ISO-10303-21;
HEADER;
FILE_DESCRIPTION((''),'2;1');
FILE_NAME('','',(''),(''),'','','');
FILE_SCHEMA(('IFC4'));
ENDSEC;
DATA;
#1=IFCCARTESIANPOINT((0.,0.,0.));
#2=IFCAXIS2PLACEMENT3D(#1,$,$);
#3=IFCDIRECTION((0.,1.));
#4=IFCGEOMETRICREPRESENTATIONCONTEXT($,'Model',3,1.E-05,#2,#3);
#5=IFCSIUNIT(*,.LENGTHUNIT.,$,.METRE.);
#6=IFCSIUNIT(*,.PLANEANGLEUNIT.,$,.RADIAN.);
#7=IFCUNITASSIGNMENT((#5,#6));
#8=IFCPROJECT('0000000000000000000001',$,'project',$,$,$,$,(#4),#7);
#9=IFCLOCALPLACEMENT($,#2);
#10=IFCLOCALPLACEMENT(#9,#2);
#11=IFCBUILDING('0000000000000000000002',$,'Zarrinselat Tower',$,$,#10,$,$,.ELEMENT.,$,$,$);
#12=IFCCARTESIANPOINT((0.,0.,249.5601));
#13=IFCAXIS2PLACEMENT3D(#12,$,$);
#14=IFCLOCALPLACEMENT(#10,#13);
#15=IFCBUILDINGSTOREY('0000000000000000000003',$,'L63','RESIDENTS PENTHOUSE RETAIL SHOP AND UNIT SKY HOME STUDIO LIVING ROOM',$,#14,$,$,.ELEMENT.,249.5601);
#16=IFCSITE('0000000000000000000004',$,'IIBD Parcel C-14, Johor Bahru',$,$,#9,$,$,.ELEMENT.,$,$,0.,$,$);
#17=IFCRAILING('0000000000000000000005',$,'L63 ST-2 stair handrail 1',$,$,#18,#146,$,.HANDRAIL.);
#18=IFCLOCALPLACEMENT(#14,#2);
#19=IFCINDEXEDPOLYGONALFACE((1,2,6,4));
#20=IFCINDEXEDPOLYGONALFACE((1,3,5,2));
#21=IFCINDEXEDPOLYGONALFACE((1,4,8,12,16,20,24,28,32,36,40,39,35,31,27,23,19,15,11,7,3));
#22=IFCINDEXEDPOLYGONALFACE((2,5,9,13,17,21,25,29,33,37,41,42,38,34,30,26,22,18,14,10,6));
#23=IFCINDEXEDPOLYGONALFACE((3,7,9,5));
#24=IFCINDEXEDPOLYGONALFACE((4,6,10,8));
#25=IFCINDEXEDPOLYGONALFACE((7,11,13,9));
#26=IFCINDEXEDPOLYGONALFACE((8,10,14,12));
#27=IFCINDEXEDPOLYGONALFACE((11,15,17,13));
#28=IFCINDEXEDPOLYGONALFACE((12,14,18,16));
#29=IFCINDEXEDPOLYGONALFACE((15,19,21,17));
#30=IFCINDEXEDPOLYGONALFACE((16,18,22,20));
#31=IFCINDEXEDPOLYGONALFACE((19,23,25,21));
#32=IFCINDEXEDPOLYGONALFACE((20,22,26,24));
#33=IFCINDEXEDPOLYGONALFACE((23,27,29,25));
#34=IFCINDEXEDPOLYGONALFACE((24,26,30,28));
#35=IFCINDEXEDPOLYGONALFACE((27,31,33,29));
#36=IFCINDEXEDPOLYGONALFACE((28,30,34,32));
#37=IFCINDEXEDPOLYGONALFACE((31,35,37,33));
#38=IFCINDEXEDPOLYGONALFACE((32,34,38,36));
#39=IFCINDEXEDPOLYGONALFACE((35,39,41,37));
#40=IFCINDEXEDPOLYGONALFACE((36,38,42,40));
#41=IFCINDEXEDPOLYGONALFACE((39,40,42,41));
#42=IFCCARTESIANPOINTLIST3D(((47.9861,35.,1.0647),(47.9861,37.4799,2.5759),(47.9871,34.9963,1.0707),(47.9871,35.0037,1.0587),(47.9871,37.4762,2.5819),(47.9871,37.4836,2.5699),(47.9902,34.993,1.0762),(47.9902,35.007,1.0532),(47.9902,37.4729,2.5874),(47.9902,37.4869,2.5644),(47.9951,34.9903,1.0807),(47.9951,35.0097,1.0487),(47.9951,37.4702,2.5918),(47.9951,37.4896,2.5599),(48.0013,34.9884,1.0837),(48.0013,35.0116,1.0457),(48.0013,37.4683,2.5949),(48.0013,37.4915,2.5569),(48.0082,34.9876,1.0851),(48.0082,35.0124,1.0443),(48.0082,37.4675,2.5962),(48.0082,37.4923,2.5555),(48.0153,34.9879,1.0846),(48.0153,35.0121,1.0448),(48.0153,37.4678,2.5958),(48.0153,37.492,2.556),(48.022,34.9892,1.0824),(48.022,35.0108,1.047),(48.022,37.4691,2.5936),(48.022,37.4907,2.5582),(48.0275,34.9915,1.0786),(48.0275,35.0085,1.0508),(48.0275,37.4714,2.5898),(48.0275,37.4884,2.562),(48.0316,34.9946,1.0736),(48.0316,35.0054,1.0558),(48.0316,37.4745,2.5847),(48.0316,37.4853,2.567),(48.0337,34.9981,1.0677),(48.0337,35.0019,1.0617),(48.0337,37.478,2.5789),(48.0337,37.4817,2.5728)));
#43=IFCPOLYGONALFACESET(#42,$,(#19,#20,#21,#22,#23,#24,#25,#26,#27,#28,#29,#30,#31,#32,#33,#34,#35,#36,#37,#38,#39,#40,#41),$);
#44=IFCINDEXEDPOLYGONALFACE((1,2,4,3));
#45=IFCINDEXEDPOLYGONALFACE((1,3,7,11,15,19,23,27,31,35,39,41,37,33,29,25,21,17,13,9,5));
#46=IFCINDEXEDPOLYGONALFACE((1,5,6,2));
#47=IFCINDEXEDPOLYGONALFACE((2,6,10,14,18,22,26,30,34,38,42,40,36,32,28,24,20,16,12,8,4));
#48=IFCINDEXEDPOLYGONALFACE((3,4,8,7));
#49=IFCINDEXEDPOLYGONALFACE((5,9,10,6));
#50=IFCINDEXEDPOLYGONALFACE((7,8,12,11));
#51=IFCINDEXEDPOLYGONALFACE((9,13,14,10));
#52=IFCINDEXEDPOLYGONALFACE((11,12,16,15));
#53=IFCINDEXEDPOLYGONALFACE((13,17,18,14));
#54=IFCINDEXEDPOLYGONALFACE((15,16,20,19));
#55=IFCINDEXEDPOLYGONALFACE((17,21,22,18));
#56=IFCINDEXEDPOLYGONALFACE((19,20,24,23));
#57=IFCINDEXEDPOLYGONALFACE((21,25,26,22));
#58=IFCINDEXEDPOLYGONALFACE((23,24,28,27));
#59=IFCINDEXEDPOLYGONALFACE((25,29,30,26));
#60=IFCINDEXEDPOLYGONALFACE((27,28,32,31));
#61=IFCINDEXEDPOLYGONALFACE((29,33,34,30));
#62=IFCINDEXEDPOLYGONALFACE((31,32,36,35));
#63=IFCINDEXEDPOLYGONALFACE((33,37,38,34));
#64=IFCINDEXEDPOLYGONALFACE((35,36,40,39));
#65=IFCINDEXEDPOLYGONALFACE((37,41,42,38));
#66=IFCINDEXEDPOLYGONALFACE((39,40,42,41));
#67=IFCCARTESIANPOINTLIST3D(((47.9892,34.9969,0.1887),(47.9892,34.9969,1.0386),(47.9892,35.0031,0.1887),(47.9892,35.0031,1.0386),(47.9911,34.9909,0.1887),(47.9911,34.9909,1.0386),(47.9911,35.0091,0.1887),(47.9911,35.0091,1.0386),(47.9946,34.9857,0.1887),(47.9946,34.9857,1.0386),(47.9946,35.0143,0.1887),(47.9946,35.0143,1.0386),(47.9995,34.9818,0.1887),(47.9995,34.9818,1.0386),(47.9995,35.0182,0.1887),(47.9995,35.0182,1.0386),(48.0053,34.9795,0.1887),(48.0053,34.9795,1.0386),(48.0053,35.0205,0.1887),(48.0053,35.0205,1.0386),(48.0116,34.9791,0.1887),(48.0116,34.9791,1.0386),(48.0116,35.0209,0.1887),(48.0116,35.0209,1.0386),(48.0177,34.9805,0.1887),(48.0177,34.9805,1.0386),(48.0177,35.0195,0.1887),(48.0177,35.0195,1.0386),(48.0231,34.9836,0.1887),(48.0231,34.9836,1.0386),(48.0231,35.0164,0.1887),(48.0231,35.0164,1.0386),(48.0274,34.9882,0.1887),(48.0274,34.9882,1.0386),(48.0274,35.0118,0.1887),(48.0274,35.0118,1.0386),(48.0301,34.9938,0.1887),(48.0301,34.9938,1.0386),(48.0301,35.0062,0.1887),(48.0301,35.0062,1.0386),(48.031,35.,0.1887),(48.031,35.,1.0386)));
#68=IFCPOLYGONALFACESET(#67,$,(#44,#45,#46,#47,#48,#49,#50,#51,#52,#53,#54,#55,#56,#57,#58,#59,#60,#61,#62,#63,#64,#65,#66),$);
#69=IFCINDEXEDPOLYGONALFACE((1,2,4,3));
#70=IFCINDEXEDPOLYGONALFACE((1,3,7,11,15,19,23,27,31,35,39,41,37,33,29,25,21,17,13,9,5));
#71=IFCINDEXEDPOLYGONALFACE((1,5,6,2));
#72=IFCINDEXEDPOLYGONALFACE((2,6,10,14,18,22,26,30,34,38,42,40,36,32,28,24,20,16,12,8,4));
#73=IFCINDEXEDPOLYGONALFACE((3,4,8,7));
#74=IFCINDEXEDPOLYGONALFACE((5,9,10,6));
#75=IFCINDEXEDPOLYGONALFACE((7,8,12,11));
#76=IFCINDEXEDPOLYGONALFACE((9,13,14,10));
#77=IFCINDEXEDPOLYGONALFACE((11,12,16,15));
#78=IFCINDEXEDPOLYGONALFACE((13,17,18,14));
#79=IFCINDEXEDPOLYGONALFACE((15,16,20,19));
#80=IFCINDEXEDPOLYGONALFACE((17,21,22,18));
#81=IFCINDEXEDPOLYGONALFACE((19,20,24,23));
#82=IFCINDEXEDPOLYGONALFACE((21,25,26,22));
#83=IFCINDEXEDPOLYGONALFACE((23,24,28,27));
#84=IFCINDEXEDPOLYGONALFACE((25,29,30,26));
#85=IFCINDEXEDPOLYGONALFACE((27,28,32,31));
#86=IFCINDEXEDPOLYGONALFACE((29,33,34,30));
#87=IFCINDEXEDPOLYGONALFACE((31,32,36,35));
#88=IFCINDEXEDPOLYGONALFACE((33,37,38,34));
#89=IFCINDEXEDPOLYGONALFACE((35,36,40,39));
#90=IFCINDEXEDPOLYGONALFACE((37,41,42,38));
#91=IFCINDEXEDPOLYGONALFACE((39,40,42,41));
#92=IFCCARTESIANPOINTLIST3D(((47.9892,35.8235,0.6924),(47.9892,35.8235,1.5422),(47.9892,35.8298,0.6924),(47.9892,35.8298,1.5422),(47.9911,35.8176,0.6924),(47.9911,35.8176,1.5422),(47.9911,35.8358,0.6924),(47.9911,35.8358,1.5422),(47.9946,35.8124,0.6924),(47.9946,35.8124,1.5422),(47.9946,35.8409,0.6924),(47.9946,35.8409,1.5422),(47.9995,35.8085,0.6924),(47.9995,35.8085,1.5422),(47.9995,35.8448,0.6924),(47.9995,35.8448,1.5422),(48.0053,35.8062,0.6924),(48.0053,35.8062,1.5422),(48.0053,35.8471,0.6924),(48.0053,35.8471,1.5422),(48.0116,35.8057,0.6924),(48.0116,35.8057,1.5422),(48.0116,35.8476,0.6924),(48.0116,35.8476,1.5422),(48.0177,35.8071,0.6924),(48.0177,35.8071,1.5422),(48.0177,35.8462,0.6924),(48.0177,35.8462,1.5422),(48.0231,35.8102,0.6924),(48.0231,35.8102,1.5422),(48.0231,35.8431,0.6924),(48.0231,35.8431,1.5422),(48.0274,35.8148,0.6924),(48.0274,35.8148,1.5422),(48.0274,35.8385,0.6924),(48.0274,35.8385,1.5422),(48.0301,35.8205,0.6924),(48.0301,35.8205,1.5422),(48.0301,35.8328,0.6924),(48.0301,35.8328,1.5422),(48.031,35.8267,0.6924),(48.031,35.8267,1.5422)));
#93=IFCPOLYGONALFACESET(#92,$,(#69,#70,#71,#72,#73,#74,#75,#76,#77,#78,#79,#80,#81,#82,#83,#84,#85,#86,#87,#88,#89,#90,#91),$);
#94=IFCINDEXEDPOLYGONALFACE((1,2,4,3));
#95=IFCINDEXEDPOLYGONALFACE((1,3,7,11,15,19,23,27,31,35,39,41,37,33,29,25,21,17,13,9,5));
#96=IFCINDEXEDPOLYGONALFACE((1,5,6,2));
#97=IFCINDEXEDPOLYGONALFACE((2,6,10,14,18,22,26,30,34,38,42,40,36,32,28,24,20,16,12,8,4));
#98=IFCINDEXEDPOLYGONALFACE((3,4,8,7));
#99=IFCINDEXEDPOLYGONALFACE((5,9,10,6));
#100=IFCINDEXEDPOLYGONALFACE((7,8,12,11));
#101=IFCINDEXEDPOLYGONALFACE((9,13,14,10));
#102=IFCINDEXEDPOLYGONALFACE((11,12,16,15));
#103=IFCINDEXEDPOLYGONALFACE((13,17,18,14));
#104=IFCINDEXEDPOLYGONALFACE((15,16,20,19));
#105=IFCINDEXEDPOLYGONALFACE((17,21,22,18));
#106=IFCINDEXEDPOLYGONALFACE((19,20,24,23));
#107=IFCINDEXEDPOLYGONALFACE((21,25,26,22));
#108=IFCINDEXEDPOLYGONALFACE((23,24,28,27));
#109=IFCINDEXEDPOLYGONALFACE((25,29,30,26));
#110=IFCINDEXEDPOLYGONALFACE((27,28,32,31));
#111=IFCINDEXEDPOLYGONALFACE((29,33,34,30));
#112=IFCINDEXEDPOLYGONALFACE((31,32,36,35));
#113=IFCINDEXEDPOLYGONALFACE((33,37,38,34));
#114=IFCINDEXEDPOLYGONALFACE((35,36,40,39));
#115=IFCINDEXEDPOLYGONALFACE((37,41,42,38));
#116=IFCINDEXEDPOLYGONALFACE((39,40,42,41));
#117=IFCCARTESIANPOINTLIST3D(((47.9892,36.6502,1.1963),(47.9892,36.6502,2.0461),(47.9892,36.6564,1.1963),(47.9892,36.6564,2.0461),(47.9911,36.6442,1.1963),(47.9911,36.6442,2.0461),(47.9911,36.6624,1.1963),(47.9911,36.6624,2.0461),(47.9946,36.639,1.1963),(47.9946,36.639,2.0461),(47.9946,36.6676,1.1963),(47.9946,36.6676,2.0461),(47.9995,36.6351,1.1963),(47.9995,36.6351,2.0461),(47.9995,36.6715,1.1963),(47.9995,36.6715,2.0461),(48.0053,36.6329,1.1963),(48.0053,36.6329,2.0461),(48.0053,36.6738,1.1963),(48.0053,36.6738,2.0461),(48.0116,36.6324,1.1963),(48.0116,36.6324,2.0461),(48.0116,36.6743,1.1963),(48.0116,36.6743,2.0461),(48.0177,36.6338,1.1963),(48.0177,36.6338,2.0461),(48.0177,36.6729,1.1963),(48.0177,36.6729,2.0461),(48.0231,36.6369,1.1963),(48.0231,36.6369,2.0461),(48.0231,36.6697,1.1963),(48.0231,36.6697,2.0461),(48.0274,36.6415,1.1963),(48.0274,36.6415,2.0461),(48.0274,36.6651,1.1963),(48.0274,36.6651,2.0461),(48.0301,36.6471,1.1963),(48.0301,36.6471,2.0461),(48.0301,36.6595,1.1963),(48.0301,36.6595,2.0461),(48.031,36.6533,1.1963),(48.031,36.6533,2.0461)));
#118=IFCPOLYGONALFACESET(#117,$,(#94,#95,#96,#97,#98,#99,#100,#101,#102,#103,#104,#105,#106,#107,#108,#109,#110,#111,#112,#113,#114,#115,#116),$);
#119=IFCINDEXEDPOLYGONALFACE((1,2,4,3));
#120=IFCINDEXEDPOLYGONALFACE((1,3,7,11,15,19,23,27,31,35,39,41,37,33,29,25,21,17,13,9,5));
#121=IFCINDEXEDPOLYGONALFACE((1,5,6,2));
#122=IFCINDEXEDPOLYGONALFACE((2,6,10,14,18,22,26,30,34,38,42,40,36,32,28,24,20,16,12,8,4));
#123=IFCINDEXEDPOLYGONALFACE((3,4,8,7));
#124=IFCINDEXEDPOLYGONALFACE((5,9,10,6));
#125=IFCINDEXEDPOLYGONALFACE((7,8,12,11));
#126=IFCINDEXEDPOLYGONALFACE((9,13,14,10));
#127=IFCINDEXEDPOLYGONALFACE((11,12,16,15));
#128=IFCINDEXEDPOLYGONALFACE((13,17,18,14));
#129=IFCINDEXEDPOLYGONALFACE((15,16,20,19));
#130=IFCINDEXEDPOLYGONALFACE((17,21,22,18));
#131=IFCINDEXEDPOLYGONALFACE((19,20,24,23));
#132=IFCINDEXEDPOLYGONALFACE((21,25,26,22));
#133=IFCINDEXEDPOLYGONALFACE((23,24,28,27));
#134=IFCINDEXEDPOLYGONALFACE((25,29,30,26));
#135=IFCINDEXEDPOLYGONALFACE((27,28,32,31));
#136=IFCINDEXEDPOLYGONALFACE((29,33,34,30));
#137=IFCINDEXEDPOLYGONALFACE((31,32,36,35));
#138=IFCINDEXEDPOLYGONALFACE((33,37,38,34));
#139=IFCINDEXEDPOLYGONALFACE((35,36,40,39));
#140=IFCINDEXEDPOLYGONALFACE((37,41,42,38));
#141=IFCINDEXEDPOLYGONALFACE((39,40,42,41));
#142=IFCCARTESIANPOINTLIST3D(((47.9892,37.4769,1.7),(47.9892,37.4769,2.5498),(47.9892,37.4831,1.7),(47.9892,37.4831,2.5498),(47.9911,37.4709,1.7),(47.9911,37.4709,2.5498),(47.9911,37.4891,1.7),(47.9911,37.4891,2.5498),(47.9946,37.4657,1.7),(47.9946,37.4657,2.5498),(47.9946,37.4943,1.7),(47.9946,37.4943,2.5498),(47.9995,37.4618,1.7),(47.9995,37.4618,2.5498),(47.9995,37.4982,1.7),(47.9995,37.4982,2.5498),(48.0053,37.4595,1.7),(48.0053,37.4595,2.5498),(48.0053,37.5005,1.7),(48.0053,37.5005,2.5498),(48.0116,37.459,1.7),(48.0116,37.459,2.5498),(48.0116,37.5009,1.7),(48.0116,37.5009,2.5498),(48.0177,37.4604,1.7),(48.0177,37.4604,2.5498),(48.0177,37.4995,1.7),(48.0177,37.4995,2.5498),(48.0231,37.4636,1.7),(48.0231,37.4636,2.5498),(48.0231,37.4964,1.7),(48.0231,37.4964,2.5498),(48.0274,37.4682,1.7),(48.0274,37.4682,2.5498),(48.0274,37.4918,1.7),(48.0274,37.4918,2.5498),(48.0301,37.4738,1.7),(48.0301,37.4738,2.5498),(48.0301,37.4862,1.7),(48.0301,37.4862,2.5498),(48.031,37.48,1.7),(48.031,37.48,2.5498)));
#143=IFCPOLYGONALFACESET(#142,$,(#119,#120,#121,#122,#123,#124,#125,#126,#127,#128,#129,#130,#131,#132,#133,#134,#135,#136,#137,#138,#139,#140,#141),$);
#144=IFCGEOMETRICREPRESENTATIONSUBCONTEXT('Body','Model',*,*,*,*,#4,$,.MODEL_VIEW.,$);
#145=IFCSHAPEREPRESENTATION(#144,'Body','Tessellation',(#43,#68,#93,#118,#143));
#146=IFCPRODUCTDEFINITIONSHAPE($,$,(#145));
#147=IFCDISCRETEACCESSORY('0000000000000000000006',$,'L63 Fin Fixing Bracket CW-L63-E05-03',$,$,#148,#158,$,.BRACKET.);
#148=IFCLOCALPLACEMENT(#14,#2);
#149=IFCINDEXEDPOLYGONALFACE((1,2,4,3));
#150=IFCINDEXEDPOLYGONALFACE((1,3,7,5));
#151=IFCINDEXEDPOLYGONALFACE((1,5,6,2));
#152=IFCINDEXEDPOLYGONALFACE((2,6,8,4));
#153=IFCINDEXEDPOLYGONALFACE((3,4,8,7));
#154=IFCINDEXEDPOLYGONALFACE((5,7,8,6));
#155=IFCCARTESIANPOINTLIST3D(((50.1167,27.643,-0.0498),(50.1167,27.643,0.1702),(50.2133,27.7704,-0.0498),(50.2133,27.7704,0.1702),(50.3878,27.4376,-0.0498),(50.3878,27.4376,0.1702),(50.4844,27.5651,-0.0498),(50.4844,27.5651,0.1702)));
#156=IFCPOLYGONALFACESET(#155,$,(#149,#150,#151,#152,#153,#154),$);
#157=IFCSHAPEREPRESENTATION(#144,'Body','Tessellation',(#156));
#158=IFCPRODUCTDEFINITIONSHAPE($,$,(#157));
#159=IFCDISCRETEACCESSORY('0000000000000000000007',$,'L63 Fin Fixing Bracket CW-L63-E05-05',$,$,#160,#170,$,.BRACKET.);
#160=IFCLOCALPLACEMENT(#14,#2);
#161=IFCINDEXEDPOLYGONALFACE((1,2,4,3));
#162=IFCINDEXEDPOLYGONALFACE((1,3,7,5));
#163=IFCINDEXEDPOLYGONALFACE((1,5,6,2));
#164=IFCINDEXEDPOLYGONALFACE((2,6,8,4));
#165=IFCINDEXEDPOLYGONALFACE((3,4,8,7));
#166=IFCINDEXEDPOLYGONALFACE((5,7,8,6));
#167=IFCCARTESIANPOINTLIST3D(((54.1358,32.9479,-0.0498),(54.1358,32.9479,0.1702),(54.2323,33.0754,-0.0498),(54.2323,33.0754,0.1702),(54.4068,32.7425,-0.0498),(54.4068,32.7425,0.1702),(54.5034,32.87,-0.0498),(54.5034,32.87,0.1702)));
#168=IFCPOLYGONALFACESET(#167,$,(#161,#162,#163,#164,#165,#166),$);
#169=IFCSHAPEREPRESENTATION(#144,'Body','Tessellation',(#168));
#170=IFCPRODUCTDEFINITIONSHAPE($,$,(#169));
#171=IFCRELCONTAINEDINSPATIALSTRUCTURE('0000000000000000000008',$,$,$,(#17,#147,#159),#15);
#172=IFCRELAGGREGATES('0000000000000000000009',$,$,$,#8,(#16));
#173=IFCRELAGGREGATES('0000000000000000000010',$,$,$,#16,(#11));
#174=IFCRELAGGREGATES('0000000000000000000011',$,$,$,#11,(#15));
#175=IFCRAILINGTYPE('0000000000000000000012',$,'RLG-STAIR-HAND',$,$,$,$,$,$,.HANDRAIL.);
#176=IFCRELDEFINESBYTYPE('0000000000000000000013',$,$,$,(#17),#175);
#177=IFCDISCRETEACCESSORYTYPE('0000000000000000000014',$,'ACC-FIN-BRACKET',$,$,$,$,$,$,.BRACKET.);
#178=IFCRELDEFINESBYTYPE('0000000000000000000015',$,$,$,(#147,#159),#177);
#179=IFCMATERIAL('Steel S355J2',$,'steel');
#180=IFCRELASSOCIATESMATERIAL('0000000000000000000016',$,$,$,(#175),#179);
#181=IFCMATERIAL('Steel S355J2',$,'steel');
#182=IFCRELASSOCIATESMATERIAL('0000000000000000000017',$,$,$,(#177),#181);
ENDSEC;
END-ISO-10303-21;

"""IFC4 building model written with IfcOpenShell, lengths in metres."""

from ifc_helpers import new_model, si_unit, direction, frame, origin, origin_2d, place, context, subcontext, project, spatial, rectangle, circle, extrude, material, type_object, element, save


model = new_model("IFC4")

# Units and contexts
model_context = context("Model", 3, precision=1e-05, world=origin(), true_north=direction((0.0, 1.0)))
body_context = subcontext(model_context, "Body", "Model", "MODEL_VIEW")
ifc_project = project(units=[si_unit("LENGTHUNIT", "METRE"), si_unit("PLANEANGLEUNIT", "RADIAN")], contexts=[model_context])

# Site, building, storey
site_placement = place(None, origin())
site = spatial("IfcSite", under=ifc_project, at=site_placement, Name="IIBD Parcel C-14, Johor Bahru", CompositionType="ELEMENT", RefElevation=0.0)
building_placement = place(site_placement, origin())
building = spatial("IfcBuilding", under=site, at=building_placement, Name="Zarrinselat Tower", CompositionType="ELEMENT")
storey_placement = place(building_placement, frame((0.0, 0.0, 249.5601)))
storey = spatial("IfcBuildingStorey", under=building, at=storey_placement, Name="L63", Description="RESIDENTS PENTHOUSE RETAIL SHOP AND UNIT SKY HOME STUDIO LIVING ROOM", CompositionType="ELEMENT", Elevation=249.5601)

# Railing
ifc_material_1 = material(Name="Steel S355J2", Category="steel")
railing_type_1 = type_object("IfcRailingType", Name="RLG-STAIR-HAND", PredefinedType="HANDRAIL", material=ifc_material_1)
railing_1_placement = place(storey_placement, frame((48.01, 35.0, 0.1887)))
element("IfcRailing", 1, at=railing_1_placement, inside=storey, type_object=railing_type_1, Name="L63 ST-2 stair handrail 1", PredefinedType="HANDRAIL", context=body_context, shape_type="SweptSolid", body=[
    extrude(circle(Radius=0.0239, at=origin_2d()), frame((0.0, 0.0, 0.876), z_axis=(0.0, 0.853942, 0.520368), x_axis=(-1.0, 0.0, 0.0)), (0.0, 0.0, 1.0), 2.9041),
    extrude(circle(Radius=0.021, at=origin_2d()), origin(), (0.0, 0.0, 1.0), 0.8499),
    extrude(circle(Radius=0.021, at=origin_2d()), frame((0.0, 0.8267, 0.5037)), (0.0, 0.0, 1.0), 0.8499),
    extrude(circle(Radius=0.021, at=origin_2d()), frame((0.0, 1.6533, 1.0076)), (0.0, 0.0, 1.0), 0.8499),
    extrude(circle(Radius=0.021, at=origin_2d()), frame((0.0, 2.48, 1.5112)), (0.0, 0.0, 1.0), 0.8499),
])

# Discrete accessories
ifc_material_2 = material(Name="Steel S355J2", Category="steel")
discrete_accessory_type = type_object("IfcDiscreteAccessoryType", Name="ACC-FIN-BRACKET", PredefinedType="BRACKET", material=ifc_material_2)
for number, where, z_axis, x_axis, name in (
    (2, (50.3005, 27.604, -0.0498), (0.0, 0.0, 1.0), (0.797094, -0.603856, 0.0), "L63 Fin Fixing Bracket CW-L63-E05-03"),
    (3, (54.3196, 32.9089, -0.0498), (0.0, 0.0, 1.0), (0.797094, -0.603856, 0.0), "L63 Fin Fixing Bracket CW-L63-E05-05"),
):
    element("IfcDiscreteAccessory", number, at=place(storey_placement, frame(where, z_axis=z_axis, x_axis=x_axis)), inside=storey, type_object=discrete_accessory_type, Name=name, PredefinedType="BRACKET", context=body_context, shape_type="SweptSolid", body=[
        extrude(rectangle(XDim=0.3401, YDim=0.1599, at=origin_2d()), origin(), (0.0, 0.0, 1.0), 0.22),
    ])

save(model, "model.ifc")
